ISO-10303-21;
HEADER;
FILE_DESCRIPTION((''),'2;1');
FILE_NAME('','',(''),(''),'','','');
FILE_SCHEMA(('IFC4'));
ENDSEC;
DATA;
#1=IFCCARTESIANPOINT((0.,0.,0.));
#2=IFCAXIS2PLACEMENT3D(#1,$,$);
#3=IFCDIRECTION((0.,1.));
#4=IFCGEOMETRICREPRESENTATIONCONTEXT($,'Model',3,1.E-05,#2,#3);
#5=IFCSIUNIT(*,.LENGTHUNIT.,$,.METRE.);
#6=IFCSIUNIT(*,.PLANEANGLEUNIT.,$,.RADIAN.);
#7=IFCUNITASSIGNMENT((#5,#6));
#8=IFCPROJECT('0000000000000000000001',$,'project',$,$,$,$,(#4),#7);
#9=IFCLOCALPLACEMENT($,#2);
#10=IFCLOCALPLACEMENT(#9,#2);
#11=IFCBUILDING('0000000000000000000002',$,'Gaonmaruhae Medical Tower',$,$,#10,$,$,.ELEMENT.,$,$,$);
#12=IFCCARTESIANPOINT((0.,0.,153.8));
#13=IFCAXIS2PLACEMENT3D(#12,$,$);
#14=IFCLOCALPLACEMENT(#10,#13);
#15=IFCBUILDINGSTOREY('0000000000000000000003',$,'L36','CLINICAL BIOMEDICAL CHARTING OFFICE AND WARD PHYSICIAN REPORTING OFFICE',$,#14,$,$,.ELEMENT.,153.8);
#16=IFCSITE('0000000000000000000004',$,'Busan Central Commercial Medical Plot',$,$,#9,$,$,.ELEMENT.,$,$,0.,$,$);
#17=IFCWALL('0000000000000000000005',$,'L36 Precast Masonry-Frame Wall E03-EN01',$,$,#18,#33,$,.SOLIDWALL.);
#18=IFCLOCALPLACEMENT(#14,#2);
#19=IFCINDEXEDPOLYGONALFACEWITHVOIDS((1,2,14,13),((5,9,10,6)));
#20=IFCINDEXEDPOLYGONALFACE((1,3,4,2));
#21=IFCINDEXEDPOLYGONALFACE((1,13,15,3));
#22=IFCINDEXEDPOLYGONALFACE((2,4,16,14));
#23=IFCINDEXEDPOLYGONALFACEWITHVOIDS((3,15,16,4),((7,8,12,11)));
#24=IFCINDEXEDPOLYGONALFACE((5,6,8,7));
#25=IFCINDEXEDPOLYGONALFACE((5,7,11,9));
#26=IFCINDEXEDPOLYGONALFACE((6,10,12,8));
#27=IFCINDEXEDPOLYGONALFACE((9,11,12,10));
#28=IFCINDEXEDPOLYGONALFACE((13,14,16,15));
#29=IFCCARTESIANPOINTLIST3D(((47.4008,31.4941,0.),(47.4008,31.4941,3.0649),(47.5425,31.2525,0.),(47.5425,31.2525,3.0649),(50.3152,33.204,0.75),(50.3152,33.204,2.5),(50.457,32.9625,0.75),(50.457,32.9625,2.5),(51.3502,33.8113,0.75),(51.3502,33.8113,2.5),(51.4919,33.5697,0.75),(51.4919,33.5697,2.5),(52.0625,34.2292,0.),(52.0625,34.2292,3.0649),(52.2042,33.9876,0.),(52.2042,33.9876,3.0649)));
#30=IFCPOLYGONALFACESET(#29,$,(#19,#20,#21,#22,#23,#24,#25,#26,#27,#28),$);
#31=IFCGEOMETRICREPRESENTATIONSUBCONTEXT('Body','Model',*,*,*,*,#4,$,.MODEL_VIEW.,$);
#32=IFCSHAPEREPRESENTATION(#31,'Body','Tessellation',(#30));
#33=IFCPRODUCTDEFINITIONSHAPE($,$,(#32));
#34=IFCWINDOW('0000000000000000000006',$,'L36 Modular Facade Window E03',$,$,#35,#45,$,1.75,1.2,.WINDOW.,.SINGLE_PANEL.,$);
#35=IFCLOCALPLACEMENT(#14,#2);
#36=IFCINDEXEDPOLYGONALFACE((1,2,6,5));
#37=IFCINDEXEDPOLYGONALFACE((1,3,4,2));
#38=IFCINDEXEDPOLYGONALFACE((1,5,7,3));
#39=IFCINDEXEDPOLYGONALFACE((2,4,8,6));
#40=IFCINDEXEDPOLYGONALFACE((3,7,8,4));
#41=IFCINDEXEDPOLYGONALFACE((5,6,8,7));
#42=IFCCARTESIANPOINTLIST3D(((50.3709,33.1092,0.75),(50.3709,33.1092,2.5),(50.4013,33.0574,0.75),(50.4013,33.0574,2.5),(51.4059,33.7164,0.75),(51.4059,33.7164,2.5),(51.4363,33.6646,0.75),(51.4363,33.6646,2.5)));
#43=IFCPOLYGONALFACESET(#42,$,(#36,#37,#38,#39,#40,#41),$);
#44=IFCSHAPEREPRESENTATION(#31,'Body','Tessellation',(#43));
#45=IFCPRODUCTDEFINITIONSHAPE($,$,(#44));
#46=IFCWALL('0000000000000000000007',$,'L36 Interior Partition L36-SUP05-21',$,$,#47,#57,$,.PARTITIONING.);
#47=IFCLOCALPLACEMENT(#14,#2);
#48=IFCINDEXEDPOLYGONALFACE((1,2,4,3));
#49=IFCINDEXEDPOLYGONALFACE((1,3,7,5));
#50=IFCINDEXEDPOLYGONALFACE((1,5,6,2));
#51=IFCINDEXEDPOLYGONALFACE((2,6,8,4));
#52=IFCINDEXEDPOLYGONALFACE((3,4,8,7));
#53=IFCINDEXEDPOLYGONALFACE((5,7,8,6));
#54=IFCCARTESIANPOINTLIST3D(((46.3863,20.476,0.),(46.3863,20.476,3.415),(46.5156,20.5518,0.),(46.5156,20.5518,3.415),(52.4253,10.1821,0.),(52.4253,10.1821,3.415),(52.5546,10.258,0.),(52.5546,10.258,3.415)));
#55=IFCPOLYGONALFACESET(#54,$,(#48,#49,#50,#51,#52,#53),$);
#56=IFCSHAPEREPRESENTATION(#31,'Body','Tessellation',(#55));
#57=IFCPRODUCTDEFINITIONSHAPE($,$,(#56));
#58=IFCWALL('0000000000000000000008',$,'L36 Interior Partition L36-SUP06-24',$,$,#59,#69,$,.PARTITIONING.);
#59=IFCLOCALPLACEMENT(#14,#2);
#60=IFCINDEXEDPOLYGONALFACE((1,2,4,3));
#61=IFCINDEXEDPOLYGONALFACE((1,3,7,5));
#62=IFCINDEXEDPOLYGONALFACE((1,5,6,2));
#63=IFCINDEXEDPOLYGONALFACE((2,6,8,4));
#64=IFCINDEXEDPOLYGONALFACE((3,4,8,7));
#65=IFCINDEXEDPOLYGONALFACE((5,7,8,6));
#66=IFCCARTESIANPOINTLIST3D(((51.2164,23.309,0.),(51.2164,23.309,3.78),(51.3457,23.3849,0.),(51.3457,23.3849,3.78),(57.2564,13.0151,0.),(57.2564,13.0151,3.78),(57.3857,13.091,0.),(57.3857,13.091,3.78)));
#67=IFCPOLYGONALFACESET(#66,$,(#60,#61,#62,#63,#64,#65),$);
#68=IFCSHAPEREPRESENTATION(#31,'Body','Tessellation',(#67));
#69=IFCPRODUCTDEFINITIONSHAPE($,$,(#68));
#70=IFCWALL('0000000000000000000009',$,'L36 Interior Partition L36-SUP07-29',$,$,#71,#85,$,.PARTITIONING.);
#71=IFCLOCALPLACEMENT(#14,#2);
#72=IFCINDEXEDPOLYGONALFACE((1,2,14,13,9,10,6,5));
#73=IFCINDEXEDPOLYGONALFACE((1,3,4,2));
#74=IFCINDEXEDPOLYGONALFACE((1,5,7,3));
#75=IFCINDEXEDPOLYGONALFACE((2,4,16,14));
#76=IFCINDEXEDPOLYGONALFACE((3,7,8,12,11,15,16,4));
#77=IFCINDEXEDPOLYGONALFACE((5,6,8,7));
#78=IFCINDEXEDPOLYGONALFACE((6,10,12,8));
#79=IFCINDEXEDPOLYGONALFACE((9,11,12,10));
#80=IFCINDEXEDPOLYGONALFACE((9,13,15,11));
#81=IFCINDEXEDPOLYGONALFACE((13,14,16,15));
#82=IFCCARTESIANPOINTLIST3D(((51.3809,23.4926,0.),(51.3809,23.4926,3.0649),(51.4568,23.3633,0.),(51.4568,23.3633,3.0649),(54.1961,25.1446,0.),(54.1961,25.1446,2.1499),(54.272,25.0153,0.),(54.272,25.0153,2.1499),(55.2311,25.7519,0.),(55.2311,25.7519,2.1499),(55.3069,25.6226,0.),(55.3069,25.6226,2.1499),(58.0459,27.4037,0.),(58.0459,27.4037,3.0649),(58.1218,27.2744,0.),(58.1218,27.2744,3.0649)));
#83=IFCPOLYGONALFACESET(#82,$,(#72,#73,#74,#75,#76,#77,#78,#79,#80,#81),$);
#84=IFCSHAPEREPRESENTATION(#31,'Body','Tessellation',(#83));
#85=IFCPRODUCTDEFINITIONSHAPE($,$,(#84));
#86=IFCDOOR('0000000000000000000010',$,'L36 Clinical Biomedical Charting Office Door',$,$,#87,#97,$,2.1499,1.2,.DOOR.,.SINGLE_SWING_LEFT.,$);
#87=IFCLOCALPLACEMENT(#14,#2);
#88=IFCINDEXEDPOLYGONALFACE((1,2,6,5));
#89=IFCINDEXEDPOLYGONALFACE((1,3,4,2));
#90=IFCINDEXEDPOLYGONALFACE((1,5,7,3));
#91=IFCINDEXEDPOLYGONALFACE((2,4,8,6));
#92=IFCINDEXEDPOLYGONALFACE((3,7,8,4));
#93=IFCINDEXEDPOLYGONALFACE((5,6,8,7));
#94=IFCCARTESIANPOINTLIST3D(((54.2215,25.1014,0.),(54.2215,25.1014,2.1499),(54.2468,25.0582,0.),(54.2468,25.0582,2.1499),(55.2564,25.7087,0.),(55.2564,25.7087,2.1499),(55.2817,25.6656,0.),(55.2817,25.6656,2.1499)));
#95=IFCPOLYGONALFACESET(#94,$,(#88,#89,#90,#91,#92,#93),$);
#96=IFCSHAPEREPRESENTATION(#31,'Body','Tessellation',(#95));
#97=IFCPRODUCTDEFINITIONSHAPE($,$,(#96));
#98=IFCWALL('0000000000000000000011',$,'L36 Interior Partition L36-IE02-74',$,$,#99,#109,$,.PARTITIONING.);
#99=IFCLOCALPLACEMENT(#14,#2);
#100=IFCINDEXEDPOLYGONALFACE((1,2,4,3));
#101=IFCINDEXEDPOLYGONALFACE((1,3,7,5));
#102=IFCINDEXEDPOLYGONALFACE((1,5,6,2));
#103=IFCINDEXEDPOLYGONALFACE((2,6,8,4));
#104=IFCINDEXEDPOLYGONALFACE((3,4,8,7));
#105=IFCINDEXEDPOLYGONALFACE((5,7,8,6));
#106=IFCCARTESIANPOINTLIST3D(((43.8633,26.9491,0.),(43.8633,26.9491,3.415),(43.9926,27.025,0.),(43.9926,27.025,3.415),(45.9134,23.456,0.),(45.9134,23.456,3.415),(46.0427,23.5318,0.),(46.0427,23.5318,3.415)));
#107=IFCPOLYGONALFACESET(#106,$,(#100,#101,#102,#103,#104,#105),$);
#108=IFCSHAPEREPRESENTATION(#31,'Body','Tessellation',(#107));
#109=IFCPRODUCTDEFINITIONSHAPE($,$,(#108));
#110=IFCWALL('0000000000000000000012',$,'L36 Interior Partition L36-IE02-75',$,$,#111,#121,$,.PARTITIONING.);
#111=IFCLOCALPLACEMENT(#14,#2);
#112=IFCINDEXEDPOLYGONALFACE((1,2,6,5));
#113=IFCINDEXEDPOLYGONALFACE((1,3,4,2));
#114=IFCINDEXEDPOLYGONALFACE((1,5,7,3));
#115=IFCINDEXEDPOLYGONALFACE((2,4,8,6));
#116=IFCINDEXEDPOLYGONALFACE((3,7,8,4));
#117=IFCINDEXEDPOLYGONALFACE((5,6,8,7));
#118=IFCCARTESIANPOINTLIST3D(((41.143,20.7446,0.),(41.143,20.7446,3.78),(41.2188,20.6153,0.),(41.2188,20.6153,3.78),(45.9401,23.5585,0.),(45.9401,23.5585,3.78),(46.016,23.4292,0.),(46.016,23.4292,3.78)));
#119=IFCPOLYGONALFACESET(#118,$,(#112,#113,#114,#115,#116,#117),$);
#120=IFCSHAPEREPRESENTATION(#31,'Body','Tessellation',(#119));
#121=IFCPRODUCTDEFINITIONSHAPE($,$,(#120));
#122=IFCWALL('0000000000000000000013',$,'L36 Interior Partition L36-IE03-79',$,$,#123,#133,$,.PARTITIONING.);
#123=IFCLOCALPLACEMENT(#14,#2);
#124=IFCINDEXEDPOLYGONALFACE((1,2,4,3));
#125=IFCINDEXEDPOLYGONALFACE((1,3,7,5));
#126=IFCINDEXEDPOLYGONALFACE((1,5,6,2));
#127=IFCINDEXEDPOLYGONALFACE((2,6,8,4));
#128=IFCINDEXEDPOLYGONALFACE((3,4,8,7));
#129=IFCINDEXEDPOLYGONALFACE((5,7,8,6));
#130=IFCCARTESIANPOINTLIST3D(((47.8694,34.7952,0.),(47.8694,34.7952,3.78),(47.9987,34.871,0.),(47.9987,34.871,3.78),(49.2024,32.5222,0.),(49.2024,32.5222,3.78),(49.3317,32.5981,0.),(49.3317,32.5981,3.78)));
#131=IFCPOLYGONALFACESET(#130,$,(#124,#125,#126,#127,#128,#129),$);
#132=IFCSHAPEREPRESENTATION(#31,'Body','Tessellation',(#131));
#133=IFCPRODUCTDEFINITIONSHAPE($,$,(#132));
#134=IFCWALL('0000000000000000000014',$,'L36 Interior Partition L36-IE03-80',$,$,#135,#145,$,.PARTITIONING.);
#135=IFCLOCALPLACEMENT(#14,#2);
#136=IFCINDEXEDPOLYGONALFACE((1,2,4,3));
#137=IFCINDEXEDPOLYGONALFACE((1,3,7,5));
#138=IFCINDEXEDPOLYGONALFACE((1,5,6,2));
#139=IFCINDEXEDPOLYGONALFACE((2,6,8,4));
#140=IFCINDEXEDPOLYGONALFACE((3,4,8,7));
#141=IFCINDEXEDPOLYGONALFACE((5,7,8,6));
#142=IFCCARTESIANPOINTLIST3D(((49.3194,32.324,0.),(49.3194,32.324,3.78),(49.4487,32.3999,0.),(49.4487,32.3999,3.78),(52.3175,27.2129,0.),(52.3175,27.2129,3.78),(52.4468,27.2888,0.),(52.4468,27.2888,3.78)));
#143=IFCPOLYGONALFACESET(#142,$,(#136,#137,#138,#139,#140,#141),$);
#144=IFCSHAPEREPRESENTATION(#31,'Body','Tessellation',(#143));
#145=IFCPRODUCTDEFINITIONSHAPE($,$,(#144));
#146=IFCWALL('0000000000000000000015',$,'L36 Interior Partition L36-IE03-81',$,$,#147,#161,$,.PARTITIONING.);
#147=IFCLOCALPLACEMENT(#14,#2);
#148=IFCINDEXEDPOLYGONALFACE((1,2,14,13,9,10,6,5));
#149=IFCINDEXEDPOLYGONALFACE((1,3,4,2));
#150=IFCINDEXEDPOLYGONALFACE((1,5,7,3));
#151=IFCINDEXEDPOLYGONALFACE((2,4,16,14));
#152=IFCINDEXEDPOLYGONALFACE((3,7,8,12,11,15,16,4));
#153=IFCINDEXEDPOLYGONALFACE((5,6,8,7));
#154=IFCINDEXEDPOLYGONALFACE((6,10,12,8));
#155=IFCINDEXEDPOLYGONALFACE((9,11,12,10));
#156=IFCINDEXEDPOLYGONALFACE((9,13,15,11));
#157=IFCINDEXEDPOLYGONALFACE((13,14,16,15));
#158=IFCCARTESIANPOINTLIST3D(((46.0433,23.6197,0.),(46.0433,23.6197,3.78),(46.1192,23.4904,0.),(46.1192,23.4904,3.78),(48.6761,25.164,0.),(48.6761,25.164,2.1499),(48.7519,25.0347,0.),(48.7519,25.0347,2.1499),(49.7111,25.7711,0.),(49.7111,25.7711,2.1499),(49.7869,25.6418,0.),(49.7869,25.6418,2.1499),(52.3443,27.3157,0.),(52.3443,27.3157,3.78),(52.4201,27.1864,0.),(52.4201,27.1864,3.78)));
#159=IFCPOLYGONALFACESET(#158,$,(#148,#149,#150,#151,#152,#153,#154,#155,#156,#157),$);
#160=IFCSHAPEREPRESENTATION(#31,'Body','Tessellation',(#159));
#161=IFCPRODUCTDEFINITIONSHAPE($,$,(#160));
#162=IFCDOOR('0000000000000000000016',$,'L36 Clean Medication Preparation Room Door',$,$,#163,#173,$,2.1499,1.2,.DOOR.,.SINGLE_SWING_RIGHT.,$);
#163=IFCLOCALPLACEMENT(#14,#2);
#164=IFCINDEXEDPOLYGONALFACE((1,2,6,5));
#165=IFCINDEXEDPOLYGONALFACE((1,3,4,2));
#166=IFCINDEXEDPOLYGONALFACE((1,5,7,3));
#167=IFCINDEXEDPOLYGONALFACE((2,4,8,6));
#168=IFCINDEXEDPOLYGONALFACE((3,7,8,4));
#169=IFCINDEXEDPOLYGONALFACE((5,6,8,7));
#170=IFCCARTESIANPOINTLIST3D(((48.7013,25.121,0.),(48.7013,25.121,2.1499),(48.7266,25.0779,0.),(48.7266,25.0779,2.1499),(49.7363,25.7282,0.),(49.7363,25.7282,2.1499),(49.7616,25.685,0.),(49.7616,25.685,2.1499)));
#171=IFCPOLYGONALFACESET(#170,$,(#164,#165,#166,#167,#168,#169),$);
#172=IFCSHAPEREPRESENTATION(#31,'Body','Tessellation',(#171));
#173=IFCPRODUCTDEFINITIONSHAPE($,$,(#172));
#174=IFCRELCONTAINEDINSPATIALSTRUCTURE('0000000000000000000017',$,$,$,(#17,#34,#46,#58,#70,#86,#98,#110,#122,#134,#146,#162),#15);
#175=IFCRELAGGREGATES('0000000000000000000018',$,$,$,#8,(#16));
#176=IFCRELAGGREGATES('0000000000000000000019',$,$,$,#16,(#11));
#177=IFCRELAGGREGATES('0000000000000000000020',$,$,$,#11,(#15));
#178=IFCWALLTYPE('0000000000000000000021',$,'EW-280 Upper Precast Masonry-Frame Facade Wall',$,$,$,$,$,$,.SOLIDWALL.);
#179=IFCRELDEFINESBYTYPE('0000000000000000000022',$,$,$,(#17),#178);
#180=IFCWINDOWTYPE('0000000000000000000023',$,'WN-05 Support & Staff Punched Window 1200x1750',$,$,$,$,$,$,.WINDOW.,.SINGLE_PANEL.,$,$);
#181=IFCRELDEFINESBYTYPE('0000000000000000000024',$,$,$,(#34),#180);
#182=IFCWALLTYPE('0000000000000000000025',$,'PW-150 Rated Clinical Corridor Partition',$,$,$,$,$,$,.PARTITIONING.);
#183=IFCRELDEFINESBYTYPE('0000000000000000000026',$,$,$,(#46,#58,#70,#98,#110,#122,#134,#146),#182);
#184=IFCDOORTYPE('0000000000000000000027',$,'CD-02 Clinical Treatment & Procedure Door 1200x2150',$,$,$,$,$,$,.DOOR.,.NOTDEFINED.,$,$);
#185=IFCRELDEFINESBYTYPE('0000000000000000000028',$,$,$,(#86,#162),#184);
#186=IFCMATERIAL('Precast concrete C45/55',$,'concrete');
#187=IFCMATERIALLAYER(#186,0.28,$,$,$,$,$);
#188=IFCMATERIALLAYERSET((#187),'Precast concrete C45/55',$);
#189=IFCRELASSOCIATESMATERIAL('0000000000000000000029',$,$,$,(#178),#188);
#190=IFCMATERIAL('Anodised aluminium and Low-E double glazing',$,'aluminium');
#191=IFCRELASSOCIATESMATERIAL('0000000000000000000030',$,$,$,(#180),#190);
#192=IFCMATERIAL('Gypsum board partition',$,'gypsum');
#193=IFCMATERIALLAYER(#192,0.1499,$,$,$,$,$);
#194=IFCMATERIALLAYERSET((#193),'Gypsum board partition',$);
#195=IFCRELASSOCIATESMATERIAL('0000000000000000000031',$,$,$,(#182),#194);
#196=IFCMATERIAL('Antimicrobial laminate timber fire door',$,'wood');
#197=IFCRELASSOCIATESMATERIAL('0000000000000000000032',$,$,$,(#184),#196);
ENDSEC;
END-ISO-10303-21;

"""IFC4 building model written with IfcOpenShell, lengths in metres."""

from ifc_helpers import new_model, si_unit, direction, frame, frame_2d, origin, place, context, subcontext, project, spatial, rectangle, extrude, material, layer, layer_set, type_object, element, fill, save


model = new_model("IFC4")

# Units and contexts
model_context = context("Model", 3, precision=1e-05, world=origin(), true_north=direction((0.0, 1.0)))
body_context = subcontext(model_context, "Body", "Model", "MODEL_VIEW")
ifc_project = project(units=[si_unit("LENGTHUNIT", "METRE"), si_unit("PLANEANGLEUNIT", "RADIAN")], contexts=[model_context])

# Site, building, storey
site_placement = place(None, origin())
site = spatial("IfcSite", under=ifc_project, at=site_placement, Name="Busan Central Commercial Medical Plot", CompositionType="ELEMENT", RefElevation=0.0)
building_placement = place(site_placement, origin())
building = spatial("IfcBuilding", under=site, at=building_placement, Name="Gaonmaruhae Medical Tower", CompositionType="ELEMENT")
storey_placement = place(building_placement, frame((0.0, 0.0, 153.8)))
storey = spatial("IfcBuildingStorey", under=building, at=storey_placement, Name="L36", Description="CLINICAL BIOMEDICAL CHARTING OFFICE AND WARD PHYSICIAN REPORTING OFFICE", CompositionType="ELEMENT", Elevation=153.8)

# Shared definitions
ifc_material_1 = material(Name="Precast concrete C45/55", Category="concrete")

# Wall, opening, window
ifc_layer_1 = layer(ifc_material_1, 0.28)
ifc_layer_set_1 = layer_set([ifc_layer_1], Name="Precast concrete C45/55")
wall_type_1 = type_object("IfcWallType", Name="EW-280 Upper Precast Masonry-Frame Facade Wall", PredefinedType="SOLIDWALL", material=ifc_layer_set_1)
wall_1_placement = place(storey_placement, frame((47.4717, 31.3733, 0.0), z_axis=(0.0, 0.0, 1.0), x_axis=(0.862502, 0.506054, 0.0)))
wall_1 = element("IfcWall", 1, at=wall_1_placement, inside=storey, type_object=wall_type_1, Name="L36 Precast Masonry-Frame Wall E03-EN01", PredefinedType="SOLIDWALL", context=body_context, shape_type="SweptSolid", body=[
    extrude(rectangle(XDim=5.4048, YDim=0.28, at=frame_2d((2.7024, 0.0))), origin(), (0.0, 0.0, 1.0), 3.0649),
])
opening_1_placement = place(wall_1_placement, frame((3.3789, 0.0, 0.75)))
opening_1 = element("IfcOpeningElement", 2, at=opening_1_placement, cuts=wall_1, PredefinedType="OPENING", context=body_context, shape_type="SweptSolid", body=[
    extrude(rectangle(XDim=1.2, YDim=1.75, at=frame_2d((0.6001, 0.875))), frame((0.0, 0.1499, 0.0), z_axis=(0.0, -1.0, 0.0), x_axis=(1.0, 0.0, 0.0)), (0.0, 0.0, 1.0), 0.3),
])
ifc_material_2 = material(Name="Anodised aluminium and Low-E double glazing", Category="aluminium")
window_type = type_object("IfcWindowType", Name="WN-05 Support & Staff Punched Window 1200x1750", PartitioningType="SINGLE_PANEL", PredefinedType="WINDOW", material=ifc_material_2)
window_placement = place(opening_1_placement, origin())
window = element("IfcWindow", 3, at=window_placement, inside=storey, type_object=window_type, Name="L36 Modular Facade Window E03", OverallHeight=1.75, OverallWidth=1.2, PartitioningType="SINGLE_PANEL", PredefinedType="WINDOW", context=body_context, shape_type="SweptSolid", body=[
    extrude(rectangle(XDim=1.2, YDim=1.75, at=frame_2d((0.6001, 0.875))), frame((0.0, 0.03, 0.0), z_axis=(0.0, -1.0, 0.0), x_axis=(1.0, 0.0, 0.0)), (0.0, 0.0, 1.0), 0.0601),
])
fill(opening_1, window)

# Wall
ifc_material_3 = material(Name="Gypsum board partition", Category="gypsum")
ifc_layer_2 = layer(ifc_material_3, 0.1499)
ifc_layer_set_2 = layer_set([ifc_layer_2], Name="Gypsum board partition")
wall_type_2 = type_object("IfcWallType", Name="PW-150 Rated Clinical Corridor Partition", PredefinedType="PARTITIONING", material=ifc_layer_set_2)
wall_2_placement = place(storey_placement, frame((46.4509, 20.5139, 0.0), z_axis=(0.0, 0.0, 1.0), x_axis=(0.506011, -0.862527, 0.0)))
element("IfcWall", 4, at=wall_2_placement, inside=storey, type_object=wall_type_2, Name="L36 Interior Partition L36-SUP05-21", PredefinedType="PARTITIONING", context=body_context, shape_type="SweptSolid", body=[
    extrude(rectangle(XDim=11.9346, YDim=0.1499, at=frame_2d((5.9673, 0.0))), origin(), (0.0, 0.0, 1.0), 3.415),
])

# Shared definitions
ifc_material_4 = material(Name="Antimicrobial laminate timber fire door", Category="wood")
door_type = type_object("IfcDoorType", Name="CD-02 Clinical Treatment & Procedure Door 1200x2150", OperationType="NOTDEFINED", PredefinedType="DOOR", material=ifc_material_4)

# Wall
wall_3_placement = place(storey_placement, frame((51.281, 23.3469, 0.0), z_axis=(0.0, 0.0, 1.0), x_axis=(0.506072, -0.862491, 0.0)))
element("IfcWall", 5, at=wall_3_placement, inside=storey, type_object=wall_type_2, Name="L36 Interior Partition L36-SUP06-24", PredefinedType="PARTITIONING", context=body_context, shape_type="SweptSolid", body=[
    extrude(rectangle(XDim=11.9351, YDim=0.1499, at=frame_2d((5.9675, 0.0))), origin(), (0.0, 0.0, 1.0), 3.78),
])

# Wall, opening, door
wall_4_placement = place(storey_placement, frame((51.4189, 23.428, 0.0), z_axis=(0.0, 0.0, 1.0), x_axis=(0.86247, 0.506109, 0.0)))
wall_4 = element("IfcWall", 6, at=wall_4_placement, inside=storey, type_object=wall_type_2, Name="L36 Interior Partition L36-SUP07-29", PredefinedType="PARTITIONING", context=body_context, shape_type="SweptSolid", body=[
    extrude(rectangle(XDim=7.7278, YDim=0.1499, at=frame_2d((3.8638, 0.0))), origin(), (0.0, 0.0, 1.0), 3.0649),
])
opening_2_placement = place(wall_4_placement, frame((3.2639, 0.0, 0.0)))
opening_2 = element("IfcOpeningElement", 7, at=opening_2_placement, cuts=wall_4, PredefinedType="OPENING", context=body_context, shape_type="SweptSolid", body=[
    extrude(rectangle(XDim=1.2, YDim=2.1499, at=frame_2d((0.6001, 1.075))), frame((0.0, 0.085, 0.0), z_axis=(0.0, -1.0, 0.0), x_axis=(1.0, 0.0, 0.0)), (0.0, 0.0, 1.0), 0.1699),
])
door_1_placement = place(opening_2_placement, origin())
door_1 = element("IfcDoor", 8, at=door_1_placement, inside=storey, type_object=door_type, Name="L36 Clinical Biomedical Charting Office Door", OperationType="SINGLE_SWING_LEFT", OverallHeight=2.1499, OverallWidth=1.2, PredefinedType="DOOR", context=body_context, shape_type="SweptSolid", body=[
    extrude(rectangle(XDim=1.2, YDim=2.1499, at=frame_2d((0.6001, 1.075))), frame((0.0, 0.0249, 0.0), z_axis=(0.0, -1.0, 0.0), x_axis=(1.0, 0.0, 0.0)), (0.0, 0.0, 1.0), 0.05),
])
fill(opening_2, door_1)

# Walls
wall_5_placement = place(storey_placement, frame((43.928, 26.9871, 0.0), z_axis=(0.0, 0.0, 1.0), x_axis=(0.506148, -0.862447, 0.0)))
element("IfcWall", 9, at=wall_5_placement, inside=storey, type_object=wall_type_2, Name="L36 Interior Partition L36-IE02-74", PredefinedType="PARTITIONING", context=body_context, shape_type="SweptSolid", body=[
    extrude(rectangle(XDim=4.0503, YDim=0.1499, at=frame_2d((2.0251, 0.0))), origin(), (0.0, 0.0, 1.0), 3.415),
])
wall_6_placement = place(storey_placement, frame((45.978, 23.4939, 0.0), z_axis=(0.0, 0.0, 1.0), x_axis=(-0.862552, -0.505968, 0.0)))
element("IfcWall", 10, at=wall_6_placement, inside=storey, type_object=wall_type_2, Name="L36 Interior Partition L36-IE02-75", PredefinedType="PARTITIONING", context=body_context, shape_type="SweptSolid", body=[
    extrude(rectangle(XDim=5.5615, YDim=0.1499, at=frame_2d((2.7808, 0.0))), origin(), (0.0, 0.0, 1.0), 3.78),
])
wall_7_placement = place(storey_placement, frame((47.9341, 34.833, 0.0), z_axis=(0.0, 0.0, 1.0), x_axis=(0.505886, -0.8626, 0.0)))
element("IfcWall", 11, at=wall_7_placement, inside=storey, type_object=wall_type_2, Name="L36 Interior Partition L36-IE03-79", PredefinedType="PARTITIONING", context=body_context, shape_type="SweptSolid", body=[
    extrude(rectangle(XDim=2.635, YDim=0.1499, at=frame_2d((1.3174, 0.0))), origin(), (0.0, 0.0, 1.0), 3.78),
])
wall_8_placement = place(storey_placement, frame((49.384, 32.3621, 0.0), z_axis=(0.0, 0.0, 1.0), x_axis=(0.505957, -0.862558, 0.0)))
element("IfcWall", 12, at=wall_8_placement, inside=storey, type_object=wall_type_2, Name="L36 Interior Partition L36-IE03-80", PredefinedType="PARTITIONING", context=body_context, shape_type="SweptSolid", body=[
    extrude(rectangle(XDim=5.9255, YDim=0.1499, at=frame_2d((2.9629, 0.0))), origin(), (0.0, 0.0, 1.0), 3.78),
])

# Wall, opening, door
wall_9_placement = place(storey_placement, frame((52.3821, 27.251, 0.0), z_axis=(0.0, 0.0, 1.0), x_axis=(-0.862558, -0.505958, 0.0)))
wall_9 = element("IfcWall", 13, at=wall_9_placement, inside=storey, type_object=wall_type_2, Name="L36 Interior Partition L36-IE03-81", PredefinedType="PARTITIONING", context=body_context, shape_type="SweptSolid", body=[
    extrude(rectangle(XDim=7.3049, YDim=0.1499, at=frame_2d((3.6523, 0.0))), origin(), (0.0, 0.0, 1.0), 3.78),
])
opening_3_placement = place(wall_9_placement, frame((3.0525, 0.0, 0.0)))
opening_3 = element("IfcOpeningElement", 14, at=opening_3_placement, cuts=wall_9, PredefinedType="OPENING", context=body_context, shape_type="SweptSolid", body=[
    extrude(rectangle(XDim=1.2, YDim=2.1499, at=frame_2d((0.6001, 1.075))), frame((0.0, 0.085, 0.0), z_axis=(0.0, -1.0, 0.0), x_axis=(1.0, 0.0, 0.0)), (0.0, 0.0, 1.0), 0.1699),
])
door_2_placement = place(opening_3_placement, origin())
door_2 = element("IfcDoor", 15, at=door_2_placement, inside=storey, type_object=door_type, Name="L36 Clean Medication Preparation Room Door", OperationType="SINGLE_SWING_RIGHT", OverallHeight=2.1499, OverallWidth=1.2, PredefinedType="DOOR", context=body_context, shape_type="SweptSolid", body=[
    extrude(rectangle(XDim=1.2, YDim=2.1499, at=frame_2d((0.6001, 1.075))), frame((0.0, 0.0249, 0.0), z_axis=(0.0, -1.0, 0.0), x_axis=(1.0, 0.0, 0.0)), (0.0, 0.0, 1.0), 0.05),
])
fill(opening_3, door_2)

save(model, "model.ifc")
